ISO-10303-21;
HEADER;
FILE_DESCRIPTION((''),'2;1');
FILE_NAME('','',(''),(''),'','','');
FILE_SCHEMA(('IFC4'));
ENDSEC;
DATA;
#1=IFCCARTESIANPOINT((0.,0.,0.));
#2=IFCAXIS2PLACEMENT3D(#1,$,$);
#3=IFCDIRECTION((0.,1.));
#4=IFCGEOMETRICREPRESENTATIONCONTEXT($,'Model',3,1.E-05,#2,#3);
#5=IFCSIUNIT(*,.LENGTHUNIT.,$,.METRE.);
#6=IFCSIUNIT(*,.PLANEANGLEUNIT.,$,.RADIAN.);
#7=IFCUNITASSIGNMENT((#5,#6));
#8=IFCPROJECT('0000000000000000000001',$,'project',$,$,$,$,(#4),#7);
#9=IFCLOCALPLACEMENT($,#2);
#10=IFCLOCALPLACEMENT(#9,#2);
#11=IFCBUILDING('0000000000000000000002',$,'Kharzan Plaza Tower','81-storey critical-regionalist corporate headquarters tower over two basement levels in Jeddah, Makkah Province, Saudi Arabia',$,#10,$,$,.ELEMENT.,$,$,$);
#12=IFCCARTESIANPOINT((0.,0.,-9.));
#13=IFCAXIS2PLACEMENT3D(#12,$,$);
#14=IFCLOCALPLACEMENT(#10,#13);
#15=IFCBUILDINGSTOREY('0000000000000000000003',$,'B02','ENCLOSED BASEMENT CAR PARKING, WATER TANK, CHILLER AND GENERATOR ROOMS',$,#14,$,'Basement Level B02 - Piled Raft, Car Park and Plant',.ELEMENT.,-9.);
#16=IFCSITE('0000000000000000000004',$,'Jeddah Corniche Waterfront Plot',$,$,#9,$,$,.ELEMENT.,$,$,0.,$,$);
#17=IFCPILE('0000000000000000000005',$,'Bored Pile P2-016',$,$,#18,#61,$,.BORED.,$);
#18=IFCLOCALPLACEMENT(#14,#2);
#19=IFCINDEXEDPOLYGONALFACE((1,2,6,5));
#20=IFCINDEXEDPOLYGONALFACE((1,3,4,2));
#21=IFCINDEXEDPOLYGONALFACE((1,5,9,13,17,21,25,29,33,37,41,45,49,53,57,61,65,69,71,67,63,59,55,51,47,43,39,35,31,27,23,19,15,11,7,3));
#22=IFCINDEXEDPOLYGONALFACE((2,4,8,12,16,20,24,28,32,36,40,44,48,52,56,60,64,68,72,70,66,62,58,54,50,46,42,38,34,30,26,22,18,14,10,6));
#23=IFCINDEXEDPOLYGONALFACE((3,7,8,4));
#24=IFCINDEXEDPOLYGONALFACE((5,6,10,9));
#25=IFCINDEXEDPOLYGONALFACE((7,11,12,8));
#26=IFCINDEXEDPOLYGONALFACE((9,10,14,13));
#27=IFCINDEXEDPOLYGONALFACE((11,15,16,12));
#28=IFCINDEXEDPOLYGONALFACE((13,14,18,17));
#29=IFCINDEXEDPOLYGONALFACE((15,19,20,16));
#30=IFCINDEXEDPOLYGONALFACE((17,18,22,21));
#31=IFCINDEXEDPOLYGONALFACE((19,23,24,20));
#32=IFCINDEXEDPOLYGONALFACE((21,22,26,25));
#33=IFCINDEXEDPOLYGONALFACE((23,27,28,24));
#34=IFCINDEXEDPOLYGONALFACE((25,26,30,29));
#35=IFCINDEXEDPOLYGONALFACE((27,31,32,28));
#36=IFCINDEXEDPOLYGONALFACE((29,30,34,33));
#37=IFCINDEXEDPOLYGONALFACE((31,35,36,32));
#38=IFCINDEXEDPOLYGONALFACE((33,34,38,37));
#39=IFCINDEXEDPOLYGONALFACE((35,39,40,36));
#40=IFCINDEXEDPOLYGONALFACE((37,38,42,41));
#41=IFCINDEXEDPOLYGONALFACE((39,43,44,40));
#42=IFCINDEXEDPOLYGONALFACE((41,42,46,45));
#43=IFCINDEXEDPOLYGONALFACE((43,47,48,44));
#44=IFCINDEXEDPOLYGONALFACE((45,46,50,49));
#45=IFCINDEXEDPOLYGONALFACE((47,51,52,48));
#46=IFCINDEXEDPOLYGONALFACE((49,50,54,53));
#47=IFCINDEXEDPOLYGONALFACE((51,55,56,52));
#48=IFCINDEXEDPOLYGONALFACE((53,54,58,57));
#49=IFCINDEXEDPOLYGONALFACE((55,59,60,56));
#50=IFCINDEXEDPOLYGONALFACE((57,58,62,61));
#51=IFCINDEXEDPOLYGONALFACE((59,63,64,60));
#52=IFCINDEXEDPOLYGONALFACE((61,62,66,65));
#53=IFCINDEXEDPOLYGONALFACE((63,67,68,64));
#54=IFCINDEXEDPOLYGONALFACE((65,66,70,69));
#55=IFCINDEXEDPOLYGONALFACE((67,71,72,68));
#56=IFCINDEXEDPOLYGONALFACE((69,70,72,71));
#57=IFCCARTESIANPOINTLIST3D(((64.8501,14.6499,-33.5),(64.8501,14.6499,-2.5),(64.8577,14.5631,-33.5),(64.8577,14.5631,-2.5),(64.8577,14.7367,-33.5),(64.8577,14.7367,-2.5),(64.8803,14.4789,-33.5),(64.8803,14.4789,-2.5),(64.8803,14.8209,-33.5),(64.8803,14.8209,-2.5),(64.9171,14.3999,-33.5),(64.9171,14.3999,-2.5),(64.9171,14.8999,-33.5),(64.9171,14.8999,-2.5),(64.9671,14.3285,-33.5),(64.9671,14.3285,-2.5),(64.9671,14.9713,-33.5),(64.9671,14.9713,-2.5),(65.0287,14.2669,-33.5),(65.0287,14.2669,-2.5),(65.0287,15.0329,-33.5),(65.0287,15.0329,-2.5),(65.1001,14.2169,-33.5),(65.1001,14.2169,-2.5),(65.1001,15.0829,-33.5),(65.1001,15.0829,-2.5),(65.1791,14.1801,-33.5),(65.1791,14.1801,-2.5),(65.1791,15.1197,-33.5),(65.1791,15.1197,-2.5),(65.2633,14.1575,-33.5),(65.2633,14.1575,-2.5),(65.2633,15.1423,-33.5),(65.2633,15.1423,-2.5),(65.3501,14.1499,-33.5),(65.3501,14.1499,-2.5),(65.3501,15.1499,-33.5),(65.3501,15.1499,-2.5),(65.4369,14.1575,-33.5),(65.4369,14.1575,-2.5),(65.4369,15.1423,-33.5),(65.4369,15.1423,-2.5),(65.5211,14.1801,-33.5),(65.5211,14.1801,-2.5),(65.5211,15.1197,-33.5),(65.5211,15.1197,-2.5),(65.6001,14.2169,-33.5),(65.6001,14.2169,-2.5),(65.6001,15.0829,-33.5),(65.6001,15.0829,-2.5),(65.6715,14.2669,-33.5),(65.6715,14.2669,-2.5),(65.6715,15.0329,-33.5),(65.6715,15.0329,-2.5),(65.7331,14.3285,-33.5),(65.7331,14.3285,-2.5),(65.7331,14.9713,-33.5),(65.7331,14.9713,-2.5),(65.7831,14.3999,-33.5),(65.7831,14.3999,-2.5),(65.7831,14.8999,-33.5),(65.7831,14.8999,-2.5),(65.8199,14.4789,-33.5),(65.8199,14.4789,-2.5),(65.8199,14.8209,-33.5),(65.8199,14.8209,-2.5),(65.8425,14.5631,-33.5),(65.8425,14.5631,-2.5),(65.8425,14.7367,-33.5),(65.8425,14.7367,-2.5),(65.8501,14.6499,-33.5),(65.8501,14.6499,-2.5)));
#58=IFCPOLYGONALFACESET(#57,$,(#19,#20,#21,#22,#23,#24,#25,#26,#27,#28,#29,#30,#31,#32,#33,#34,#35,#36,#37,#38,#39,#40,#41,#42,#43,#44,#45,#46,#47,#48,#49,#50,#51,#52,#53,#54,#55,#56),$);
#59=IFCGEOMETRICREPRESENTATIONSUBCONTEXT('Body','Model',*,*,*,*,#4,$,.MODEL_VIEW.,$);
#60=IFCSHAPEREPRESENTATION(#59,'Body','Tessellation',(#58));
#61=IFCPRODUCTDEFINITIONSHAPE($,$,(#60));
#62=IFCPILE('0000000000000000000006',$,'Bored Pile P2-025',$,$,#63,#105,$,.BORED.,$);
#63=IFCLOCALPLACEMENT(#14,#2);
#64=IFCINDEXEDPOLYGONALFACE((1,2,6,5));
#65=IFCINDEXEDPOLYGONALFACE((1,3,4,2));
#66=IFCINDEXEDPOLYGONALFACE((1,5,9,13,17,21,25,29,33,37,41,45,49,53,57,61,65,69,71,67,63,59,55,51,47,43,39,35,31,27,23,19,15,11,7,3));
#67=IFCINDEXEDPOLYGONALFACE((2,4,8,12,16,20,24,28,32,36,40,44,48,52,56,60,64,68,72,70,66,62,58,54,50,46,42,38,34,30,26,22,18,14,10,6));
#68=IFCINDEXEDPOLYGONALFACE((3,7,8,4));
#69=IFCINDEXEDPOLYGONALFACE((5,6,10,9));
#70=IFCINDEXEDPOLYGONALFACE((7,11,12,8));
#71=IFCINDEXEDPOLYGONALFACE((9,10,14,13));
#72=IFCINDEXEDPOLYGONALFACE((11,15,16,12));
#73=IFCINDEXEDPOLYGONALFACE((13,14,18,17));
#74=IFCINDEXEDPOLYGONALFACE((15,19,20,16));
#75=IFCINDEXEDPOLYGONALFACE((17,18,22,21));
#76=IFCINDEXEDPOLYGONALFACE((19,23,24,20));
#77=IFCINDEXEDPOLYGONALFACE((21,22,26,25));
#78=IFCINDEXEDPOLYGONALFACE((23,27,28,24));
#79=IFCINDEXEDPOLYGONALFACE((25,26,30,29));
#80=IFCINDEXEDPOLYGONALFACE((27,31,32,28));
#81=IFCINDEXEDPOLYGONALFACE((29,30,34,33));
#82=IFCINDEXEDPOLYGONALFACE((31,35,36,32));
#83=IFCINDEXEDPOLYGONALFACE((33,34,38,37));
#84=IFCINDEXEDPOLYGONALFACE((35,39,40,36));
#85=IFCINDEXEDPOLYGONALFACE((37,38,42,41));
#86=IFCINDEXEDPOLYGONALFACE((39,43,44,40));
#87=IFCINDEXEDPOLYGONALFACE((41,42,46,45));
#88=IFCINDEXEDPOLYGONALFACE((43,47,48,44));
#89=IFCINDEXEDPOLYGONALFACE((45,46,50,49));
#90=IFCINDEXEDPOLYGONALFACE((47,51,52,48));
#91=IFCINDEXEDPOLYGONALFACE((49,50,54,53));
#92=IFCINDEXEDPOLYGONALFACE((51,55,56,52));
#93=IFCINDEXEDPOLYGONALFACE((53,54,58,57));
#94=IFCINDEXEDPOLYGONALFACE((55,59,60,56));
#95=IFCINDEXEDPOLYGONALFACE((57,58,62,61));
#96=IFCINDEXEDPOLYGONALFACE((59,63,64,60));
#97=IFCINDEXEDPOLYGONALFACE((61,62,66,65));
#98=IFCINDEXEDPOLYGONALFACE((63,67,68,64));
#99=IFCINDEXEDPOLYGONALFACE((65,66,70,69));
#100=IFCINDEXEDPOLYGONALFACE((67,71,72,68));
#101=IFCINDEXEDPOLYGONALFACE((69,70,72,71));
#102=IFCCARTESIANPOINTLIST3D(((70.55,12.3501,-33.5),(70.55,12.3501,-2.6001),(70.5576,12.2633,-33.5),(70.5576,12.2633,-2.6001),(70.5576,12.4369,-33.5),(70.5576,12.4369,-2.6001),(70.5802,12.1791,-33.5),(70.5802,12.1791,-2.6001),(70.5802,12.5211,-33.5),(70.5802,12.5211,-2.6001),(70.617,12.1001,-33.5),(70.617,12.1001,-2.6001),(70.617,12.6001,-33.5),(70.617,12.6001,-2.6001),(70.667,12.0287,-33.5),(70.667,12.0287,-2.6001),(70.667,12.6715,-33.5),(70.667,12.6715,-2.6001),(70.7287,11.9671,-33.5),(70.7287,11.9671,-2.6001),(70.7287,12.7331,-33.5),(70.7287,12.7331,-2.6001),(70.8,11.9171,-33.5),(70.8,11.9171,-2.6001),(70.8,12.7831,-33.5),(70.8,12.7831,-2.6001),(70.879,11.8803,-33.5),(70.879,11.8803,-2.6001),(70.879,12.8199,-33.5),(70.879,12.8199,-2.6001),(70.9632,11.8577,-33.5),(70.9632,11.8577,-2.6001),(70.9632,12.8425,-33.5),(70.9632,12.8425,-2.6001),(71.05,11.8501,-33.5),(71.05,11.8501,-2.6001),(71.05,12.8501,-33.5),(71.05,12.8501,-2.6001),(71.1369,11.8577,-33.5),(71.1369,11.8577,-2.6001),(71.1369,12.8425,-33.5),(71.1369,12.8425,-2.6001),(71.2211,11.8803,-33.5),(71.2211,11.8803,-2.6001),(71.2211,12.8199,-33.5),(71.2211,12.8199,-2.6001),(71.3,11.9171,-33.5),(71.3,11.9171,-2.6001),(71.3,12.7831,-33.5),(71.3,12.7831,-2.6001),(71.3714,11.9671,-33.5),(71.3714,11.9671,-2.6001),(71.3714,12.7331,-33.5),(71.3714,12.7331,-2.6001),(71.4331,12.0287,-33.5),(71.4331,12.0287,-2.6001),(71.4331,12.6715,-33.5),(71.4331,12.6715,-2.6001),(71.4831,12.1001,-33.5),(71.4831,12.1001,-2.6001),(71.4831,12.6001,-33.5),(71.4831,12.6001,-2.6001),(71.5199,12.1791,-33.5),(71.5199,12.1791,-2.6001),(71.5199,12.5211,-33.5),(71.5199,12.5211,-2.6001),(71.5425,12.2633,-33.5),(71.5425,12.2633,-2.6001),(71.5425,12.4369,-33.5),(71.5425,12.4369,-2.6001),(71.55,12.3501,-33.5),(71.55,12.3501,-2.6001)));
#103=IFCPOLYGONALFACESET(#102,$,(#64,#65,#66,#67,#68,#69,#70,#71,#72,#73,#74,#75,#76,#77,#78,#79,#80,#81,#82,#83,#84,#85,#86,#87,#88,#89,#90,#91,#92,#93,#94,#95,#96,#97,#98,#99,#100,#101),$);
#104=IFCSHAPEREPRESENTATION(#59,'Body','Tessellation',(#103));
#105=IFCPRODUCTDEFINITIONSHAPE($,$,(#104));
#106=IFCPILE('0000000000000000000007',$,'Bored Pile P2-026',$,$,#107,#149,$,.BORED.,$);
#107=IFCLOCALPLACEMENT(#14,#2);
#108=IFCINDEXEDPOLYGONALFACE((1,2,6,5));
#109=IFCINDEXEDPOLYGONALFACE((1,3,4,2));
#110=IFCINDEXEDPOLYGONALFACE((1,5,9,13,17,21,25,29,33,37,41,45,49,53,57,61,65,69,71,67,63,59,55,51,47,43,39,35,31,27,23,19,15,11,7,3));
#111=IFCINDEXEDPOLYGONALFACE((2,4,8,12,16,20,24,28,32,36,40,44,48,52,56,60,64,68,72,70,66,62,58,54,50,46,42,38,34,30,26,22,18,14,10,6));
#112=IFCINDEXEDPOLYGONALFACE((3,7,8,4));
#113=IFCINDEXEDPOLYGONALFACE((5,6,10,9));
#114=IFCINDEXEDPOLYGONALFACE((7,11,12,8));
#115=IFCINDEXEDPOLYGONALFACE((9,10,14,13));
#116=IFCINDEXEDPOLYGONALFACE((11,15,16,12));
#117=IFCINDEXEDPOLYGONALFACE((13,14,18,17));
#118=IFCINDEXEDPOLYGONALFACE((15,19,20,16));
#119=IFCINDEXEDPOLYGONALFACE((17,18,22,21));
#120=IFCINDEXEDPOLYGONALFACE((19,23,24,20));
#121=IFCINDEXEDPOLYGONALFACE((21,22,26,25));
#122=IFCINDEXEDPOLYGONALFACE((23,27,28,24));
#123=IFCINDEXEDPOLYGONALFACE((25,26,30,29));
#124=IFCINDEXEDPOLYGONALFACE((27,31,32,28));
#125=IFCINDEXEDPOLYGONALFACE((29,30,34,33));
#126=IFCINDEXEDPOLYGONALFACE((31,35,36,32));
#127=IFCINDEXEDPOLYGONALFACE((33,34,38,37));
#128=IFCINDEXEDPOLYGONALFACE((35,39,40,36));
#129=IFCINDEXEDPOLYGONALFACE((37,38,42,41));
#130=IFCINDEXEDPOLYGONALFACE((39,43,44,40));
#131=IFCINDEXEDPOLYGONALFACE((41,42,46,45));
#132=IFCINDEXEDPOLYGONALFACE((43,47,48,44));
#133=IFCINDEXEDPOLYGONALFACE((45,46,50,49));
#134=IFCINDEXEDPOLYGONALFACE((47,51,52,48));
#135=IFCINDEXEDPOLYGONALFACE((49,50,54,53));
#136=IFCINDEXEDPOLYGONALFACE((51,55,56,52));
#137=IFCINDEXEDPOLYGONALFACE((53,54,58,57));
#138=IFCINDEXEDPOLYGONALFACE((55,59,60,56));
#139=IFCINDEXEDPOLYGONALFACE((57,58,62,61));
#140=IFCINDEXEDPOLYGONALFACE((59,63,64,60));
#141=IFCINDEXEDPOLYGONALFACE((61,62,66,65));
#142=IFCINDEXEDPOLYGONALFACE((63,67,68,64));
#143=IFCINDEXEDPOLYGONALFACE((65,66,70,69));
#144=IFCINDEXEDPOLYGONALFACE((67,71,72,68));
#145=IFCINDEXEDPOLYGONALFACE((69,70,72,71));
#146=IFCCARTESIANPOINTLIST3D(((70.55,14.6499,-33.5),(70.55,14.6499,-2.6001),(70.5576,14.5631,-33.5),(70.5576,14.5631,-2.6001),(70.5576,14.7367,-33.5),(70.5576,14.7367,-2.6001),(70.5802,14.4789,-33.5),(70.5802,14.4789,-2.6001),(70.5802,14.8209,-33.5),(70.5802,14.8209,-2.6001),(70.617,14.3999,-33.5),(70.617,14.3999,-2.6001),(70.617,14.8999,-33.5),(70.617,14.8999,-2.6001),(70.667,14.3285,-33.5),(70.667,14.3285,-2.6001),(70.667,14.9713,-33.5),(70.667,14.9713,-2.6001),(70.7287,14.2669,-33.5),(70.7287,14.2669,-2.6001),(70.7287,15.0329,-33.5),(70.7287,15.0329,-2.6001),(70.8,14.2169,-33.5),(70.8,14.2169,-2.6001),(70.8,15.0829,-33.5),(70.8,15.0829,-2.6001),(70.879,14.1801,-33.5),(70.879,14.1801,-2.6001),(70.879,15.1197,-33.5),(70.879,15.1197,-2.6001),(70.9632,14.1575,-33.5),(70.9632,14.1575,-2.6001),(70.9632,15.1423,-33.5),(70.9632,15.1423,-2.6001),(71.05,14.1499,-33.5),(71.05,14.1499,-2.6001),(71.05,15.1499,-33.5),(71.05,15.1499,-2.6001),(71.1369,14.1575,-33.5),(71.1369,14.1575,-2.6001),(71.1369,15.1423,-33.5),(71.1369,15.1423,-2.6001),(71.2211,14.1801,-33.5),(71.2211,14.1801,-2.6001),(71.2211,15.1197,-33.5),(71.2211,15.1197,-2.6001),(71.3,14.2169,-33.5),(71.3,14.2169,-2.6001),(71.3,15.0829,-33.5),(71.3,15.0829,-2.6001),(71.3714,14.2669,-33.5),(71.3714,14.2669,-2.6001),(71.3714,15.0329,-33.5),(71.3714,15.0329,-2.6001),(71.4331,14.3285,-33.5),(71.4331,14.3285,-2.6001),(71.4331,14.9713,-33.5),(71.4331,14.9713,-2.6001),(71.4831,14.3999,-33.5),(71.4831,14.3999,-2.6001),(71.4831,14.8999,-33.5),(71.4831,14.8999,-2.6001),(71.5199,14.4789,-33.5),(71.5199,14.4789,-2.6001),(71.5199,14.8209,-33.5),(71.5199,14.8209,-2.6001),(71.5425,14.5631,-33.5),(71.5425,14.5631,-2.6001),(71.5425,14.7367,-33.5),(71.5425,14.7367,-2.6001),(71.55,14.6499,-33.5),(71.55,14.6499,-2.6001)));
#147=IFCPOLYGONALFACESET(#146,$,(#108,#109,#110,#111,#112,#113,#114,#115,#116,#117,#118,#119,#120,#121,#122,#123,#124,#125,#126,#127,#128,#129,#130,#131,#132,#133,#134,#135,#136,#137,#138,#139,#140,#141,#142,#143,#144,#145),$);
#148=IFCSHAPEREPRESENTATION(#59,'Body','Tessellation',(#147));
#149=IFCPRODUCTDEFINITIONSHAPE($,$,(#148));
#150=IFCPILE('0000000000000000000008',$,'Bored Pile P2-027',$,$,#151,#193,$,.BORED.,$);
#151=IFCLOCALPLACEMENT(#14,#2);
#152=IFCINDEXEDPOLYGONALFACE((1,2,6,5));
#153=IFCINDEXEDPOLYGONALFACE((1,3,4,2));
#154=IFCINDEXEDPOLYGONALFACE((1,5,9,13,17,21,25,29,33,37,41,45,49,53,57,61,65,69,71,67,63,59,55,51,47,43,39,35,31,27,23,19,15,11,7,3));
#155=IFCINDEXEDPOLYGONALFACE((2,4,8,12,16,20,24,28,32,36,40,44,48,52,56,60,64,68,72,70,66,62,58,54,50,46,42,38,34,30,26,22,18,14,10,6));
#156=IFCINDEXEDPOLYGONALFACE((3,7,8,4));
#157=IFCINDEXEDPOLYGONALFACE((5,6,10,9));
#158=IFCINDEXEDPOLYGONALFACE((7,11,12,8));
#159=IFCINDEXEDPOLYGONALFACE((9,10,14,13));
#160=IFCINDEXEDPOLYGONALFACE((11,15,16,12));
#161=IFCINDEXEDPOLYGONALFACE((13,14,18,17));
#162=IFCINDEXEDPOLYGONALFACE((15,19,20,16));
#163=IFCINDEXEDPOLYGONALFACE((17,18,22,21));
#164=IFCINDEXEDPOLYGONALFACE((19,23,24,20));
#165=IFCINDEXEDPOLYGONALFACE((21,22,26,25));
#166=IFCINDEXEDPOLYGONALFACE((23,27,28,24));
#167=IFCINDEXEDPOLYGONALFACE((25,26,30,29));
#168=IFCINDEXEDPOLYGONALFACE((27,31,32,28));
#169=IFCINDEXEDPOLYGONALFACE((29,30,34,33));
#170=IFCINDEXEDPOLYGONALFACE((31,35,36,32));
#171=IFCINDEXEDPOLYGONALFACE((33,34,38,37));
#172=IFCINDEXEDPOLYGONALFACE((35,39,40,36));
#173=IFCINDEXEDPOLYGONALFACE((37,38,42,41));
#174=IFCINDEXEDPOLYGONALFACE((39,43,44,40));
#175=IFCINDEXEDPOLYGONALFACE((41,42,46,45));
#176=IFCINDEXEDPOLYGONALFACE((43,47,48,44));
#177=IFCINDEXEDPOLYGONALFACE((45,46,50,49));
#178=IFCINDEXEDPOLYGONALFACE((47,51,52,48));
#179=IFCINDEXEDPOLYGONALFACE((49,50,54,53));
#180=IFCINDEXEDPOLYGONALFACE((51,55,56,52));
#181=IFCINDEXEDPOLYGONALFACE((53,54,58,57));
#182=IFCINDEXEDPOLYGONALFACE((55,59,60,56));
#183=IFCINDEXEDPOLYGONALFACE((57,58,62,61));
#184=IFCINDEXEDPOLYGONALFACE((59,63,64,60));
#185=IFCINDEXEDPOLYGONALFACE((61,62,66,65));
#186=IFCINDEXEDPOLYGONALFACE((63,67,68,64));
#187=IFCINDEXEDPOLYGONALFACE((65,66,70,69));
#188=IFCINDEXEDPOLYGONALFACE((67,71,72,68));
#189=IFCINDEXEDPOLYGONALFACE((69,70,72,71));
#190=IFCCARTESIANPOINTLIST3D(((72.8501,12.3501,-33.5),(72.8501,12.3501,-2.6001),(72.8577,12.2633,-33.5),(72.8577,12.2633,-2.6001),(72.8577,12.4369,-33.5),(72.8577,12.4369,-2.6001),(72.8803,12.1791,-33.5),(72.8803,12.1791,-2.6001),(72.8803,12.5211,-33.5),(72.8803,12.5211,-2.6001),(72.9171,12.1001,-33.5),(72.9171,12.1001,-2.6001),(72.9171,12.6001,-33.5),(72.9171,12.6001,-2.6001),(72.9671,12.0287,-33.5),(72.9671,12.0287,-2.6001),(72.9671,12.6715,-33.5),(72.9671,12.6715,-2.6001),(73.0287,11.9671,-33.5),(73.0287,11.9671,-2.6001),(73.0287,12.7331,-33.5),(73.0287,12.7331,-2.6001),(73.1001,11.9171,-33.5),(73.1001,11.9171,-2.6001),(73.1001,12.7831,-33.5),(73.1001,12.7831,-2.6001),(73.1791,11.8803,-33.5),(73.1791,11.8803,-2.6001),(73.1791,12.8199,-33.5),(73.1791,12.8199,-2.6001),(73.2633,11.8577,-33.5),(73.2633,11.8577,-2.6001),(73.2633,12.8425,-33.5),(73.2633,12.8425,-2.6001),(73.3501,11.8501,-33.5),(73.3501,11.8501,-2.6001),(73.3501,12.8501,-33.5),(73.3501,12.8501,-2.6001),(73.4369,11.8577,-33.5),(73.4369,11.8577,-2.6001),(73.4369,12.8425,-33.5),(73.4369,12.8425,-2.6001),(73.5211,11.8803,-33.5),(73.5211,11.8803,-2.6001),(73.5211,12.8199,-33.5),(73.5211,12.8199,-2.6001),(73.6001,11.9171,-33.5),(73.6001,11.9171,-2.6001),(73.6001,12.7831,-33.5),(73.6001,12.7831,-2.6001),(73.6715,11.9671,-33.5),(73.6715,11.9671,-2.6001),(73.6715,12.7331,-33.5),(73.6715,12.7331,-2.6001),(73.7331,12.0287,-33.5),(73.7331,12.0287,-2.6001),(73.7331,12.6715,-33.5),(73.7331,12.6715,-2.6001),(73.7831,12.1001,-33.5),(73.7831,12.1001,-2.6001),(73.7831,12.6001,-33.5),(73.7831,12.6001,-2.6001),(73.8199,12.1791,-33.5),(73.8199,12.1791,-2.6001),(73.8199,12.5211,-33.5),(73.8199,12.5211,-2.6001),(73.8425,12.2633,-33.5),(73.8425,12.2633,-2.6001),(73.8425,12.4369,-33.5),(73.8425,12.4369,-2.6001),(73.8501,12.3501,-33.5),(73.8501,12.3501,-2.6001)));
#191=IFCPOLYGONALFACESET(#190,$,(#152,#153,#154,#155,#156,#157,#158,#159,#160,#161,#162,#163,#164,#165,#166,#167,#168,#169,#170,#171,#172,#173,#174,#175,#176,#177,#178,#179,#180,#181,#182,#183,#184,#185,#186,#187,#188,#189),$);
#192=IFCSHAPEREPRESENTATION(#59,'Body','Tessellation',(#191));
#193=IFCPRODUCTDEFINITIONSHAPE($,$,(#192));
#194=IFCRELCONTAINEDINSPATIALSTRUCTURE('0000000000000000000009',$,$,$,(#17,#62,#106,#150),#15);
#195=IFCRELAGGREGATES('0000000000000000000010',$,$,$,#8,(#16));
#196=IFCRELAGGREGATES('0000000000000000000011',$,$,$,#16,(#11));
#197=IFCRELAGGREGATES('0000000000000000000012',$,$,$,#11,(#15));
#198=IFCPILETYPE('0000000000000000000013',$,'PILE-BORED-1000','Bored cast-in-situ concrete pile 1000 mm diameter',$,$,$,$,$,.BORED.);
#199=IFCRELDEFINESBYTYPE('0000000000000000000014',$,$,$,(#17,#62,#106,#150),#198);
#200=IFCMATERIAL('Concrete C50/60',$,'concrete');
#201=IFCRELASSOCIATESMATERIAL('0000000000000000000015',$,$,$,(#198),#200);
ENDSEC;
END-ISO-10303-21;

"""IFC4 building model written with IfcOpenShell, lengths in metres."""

from ifc_helpers import new_model, si_unit, direction, frame, origin, origin_2d, place, context, subcontext, project, spatial, circle, extrude, source, transform, mapped, material, material_profile, profile_set, type_object, element, save


model = new_model("IFC4")

# Units and contexts
model_context = context("Model", 3, precision=1e-05, world=origin(), true_north=direction((0.0, 1.0)))
body_context = subcontext(model_context, "Body", "Model", "MODEL_VIEW")
ifc_project = project(units=[si_unit("LENGTHUNIT", "METRE"), si_unit("PLANEANGLEUNIT", "RADIAN")], contexts=[model_context])

# Site, building, storey
site_placement = place(None, origin())
site = spatial("IfcSite", under=ifc_project, at=site_placement, Name="Jeddah Corniche Waterfront Plot", CompositionType="ELEMENT", RefElevation=0.0)
building_placement = place(site_placement, origin())
building = spatial("IfcBuilding", under=site, at=building_placement, Name="Kharzan Plaza Tower", Description="81-storey critical-regionalist corporate headquarters tower over two basement levels in Jeddah, Makkah Province, Saudi Arabia", CompositionType="ELEMENT")
storey_placement = place(building_placement, frame((0.0, 0.0, -9.0)))
storey = spatial("IfcBuildingStorey", under=building, at=storey_placement, Name="B02", Description="ENCLOSED BASEMENT CAR PARKING, WATER TANK, CHILLER AND GENERATOR ROOMS", LongName="Basement Level B02 - Piled Raft, Car Park and Plant", CompositionType="ELEMENT", Elevation=-9.0)

# Shared definitions
ifc_material_1 = material(Name="Concrete C50/60", Category="concrete")

# Piles
ifc_material_profile_1 = material_profile(ifc_material_1, circle(Radius=0.5, at=origin_2d()), Name="PILE-D1000")
ifc_profile_set_1 = profile_set([ifc_material_profile_1], Name="Concrete C50/60")
pile_type = type_object("IfcPileType", Name="PILE-BORED-1000", Description="Bored cast-in-situ concrete pile 1000 mm diameter", PredefinedType="BORED", material=ifc_profile_set_1)
shared_shape_1 = source(origin(), body_context, "Body", "SweptSolid", [
    extrude(circle(Radius=0.5, at=origin_2d()), origin(), (0.0, 0.0, 1.0), 31.0),
])
for number, where, z_axis, x_axis, name in (
    (1, (65.3501, 14.6499, -2.5), (0.0, 0.0, -1.0), (1.0, 0.0, 0.0), "Bored Pile P2-016"),
):
    element("IfcPile", number, at=place(storey_placement, frame(where, z_axis=z_axis, x_axis=x_axis)), inside=storey, type_object=pile_type, Name=name, PredefinedType="BORED", context=body_context, shape_type="MappedRepresentation", body=[
        mapped(shared_shape_1, transform((0.0, 0.0, 0.0), x_axis=(1.0, 0.0, 0.0), y_axis=(0.0, 1.0, 0.0), z_axis=(0.0, 0.0, 1.0))),
    ])
shared_shape_2 = source(origin(), body_context, "Body", "SweptSolid", [
    extrude(circle(Radius=0.5, at=origin_2d()), origin(), (0.0, 0.0, 1.0), 30.8999),
])
for number, where, z_axis, x_axis, name in (
    (2, (71.05, 12.3501, -2.6001), (0.0, 0.0, -1.0), (1.0, 0.0, 0.0), "Bored Pile P2-025"),
    (3, (71.05, 14.6499, -2.6001), (0.0, 0.0, -1.0), (1.0, 0.0, 0.0), "Bored Pile P2-026"),
    (4, (73.3501, 12.3501, -2.6001), (0.0, 0.0, -1.0), (1.0, 0.0, 0.0), "Bored Pile P2-027"),
):
    element("IfcPile", number, at=place(storey_placement, frame(where, z_axis=z_axis, x_axis=x_axis)), inside=storey, type_object=pile_type, Name=name, PredefinedType="BORED", context=body_context, shape_type="MappedRepresentation", body=[
        mapped(shared_shape_2, transform((0.0, 0.0, 0.0), x_axis=(1.0, 0.0, 0.0), y_axis=(0.0, 1.0, 0.0), z_axis=(0.0, 0.0, 1.0))),
    ])

save(model, "model.ifc")
